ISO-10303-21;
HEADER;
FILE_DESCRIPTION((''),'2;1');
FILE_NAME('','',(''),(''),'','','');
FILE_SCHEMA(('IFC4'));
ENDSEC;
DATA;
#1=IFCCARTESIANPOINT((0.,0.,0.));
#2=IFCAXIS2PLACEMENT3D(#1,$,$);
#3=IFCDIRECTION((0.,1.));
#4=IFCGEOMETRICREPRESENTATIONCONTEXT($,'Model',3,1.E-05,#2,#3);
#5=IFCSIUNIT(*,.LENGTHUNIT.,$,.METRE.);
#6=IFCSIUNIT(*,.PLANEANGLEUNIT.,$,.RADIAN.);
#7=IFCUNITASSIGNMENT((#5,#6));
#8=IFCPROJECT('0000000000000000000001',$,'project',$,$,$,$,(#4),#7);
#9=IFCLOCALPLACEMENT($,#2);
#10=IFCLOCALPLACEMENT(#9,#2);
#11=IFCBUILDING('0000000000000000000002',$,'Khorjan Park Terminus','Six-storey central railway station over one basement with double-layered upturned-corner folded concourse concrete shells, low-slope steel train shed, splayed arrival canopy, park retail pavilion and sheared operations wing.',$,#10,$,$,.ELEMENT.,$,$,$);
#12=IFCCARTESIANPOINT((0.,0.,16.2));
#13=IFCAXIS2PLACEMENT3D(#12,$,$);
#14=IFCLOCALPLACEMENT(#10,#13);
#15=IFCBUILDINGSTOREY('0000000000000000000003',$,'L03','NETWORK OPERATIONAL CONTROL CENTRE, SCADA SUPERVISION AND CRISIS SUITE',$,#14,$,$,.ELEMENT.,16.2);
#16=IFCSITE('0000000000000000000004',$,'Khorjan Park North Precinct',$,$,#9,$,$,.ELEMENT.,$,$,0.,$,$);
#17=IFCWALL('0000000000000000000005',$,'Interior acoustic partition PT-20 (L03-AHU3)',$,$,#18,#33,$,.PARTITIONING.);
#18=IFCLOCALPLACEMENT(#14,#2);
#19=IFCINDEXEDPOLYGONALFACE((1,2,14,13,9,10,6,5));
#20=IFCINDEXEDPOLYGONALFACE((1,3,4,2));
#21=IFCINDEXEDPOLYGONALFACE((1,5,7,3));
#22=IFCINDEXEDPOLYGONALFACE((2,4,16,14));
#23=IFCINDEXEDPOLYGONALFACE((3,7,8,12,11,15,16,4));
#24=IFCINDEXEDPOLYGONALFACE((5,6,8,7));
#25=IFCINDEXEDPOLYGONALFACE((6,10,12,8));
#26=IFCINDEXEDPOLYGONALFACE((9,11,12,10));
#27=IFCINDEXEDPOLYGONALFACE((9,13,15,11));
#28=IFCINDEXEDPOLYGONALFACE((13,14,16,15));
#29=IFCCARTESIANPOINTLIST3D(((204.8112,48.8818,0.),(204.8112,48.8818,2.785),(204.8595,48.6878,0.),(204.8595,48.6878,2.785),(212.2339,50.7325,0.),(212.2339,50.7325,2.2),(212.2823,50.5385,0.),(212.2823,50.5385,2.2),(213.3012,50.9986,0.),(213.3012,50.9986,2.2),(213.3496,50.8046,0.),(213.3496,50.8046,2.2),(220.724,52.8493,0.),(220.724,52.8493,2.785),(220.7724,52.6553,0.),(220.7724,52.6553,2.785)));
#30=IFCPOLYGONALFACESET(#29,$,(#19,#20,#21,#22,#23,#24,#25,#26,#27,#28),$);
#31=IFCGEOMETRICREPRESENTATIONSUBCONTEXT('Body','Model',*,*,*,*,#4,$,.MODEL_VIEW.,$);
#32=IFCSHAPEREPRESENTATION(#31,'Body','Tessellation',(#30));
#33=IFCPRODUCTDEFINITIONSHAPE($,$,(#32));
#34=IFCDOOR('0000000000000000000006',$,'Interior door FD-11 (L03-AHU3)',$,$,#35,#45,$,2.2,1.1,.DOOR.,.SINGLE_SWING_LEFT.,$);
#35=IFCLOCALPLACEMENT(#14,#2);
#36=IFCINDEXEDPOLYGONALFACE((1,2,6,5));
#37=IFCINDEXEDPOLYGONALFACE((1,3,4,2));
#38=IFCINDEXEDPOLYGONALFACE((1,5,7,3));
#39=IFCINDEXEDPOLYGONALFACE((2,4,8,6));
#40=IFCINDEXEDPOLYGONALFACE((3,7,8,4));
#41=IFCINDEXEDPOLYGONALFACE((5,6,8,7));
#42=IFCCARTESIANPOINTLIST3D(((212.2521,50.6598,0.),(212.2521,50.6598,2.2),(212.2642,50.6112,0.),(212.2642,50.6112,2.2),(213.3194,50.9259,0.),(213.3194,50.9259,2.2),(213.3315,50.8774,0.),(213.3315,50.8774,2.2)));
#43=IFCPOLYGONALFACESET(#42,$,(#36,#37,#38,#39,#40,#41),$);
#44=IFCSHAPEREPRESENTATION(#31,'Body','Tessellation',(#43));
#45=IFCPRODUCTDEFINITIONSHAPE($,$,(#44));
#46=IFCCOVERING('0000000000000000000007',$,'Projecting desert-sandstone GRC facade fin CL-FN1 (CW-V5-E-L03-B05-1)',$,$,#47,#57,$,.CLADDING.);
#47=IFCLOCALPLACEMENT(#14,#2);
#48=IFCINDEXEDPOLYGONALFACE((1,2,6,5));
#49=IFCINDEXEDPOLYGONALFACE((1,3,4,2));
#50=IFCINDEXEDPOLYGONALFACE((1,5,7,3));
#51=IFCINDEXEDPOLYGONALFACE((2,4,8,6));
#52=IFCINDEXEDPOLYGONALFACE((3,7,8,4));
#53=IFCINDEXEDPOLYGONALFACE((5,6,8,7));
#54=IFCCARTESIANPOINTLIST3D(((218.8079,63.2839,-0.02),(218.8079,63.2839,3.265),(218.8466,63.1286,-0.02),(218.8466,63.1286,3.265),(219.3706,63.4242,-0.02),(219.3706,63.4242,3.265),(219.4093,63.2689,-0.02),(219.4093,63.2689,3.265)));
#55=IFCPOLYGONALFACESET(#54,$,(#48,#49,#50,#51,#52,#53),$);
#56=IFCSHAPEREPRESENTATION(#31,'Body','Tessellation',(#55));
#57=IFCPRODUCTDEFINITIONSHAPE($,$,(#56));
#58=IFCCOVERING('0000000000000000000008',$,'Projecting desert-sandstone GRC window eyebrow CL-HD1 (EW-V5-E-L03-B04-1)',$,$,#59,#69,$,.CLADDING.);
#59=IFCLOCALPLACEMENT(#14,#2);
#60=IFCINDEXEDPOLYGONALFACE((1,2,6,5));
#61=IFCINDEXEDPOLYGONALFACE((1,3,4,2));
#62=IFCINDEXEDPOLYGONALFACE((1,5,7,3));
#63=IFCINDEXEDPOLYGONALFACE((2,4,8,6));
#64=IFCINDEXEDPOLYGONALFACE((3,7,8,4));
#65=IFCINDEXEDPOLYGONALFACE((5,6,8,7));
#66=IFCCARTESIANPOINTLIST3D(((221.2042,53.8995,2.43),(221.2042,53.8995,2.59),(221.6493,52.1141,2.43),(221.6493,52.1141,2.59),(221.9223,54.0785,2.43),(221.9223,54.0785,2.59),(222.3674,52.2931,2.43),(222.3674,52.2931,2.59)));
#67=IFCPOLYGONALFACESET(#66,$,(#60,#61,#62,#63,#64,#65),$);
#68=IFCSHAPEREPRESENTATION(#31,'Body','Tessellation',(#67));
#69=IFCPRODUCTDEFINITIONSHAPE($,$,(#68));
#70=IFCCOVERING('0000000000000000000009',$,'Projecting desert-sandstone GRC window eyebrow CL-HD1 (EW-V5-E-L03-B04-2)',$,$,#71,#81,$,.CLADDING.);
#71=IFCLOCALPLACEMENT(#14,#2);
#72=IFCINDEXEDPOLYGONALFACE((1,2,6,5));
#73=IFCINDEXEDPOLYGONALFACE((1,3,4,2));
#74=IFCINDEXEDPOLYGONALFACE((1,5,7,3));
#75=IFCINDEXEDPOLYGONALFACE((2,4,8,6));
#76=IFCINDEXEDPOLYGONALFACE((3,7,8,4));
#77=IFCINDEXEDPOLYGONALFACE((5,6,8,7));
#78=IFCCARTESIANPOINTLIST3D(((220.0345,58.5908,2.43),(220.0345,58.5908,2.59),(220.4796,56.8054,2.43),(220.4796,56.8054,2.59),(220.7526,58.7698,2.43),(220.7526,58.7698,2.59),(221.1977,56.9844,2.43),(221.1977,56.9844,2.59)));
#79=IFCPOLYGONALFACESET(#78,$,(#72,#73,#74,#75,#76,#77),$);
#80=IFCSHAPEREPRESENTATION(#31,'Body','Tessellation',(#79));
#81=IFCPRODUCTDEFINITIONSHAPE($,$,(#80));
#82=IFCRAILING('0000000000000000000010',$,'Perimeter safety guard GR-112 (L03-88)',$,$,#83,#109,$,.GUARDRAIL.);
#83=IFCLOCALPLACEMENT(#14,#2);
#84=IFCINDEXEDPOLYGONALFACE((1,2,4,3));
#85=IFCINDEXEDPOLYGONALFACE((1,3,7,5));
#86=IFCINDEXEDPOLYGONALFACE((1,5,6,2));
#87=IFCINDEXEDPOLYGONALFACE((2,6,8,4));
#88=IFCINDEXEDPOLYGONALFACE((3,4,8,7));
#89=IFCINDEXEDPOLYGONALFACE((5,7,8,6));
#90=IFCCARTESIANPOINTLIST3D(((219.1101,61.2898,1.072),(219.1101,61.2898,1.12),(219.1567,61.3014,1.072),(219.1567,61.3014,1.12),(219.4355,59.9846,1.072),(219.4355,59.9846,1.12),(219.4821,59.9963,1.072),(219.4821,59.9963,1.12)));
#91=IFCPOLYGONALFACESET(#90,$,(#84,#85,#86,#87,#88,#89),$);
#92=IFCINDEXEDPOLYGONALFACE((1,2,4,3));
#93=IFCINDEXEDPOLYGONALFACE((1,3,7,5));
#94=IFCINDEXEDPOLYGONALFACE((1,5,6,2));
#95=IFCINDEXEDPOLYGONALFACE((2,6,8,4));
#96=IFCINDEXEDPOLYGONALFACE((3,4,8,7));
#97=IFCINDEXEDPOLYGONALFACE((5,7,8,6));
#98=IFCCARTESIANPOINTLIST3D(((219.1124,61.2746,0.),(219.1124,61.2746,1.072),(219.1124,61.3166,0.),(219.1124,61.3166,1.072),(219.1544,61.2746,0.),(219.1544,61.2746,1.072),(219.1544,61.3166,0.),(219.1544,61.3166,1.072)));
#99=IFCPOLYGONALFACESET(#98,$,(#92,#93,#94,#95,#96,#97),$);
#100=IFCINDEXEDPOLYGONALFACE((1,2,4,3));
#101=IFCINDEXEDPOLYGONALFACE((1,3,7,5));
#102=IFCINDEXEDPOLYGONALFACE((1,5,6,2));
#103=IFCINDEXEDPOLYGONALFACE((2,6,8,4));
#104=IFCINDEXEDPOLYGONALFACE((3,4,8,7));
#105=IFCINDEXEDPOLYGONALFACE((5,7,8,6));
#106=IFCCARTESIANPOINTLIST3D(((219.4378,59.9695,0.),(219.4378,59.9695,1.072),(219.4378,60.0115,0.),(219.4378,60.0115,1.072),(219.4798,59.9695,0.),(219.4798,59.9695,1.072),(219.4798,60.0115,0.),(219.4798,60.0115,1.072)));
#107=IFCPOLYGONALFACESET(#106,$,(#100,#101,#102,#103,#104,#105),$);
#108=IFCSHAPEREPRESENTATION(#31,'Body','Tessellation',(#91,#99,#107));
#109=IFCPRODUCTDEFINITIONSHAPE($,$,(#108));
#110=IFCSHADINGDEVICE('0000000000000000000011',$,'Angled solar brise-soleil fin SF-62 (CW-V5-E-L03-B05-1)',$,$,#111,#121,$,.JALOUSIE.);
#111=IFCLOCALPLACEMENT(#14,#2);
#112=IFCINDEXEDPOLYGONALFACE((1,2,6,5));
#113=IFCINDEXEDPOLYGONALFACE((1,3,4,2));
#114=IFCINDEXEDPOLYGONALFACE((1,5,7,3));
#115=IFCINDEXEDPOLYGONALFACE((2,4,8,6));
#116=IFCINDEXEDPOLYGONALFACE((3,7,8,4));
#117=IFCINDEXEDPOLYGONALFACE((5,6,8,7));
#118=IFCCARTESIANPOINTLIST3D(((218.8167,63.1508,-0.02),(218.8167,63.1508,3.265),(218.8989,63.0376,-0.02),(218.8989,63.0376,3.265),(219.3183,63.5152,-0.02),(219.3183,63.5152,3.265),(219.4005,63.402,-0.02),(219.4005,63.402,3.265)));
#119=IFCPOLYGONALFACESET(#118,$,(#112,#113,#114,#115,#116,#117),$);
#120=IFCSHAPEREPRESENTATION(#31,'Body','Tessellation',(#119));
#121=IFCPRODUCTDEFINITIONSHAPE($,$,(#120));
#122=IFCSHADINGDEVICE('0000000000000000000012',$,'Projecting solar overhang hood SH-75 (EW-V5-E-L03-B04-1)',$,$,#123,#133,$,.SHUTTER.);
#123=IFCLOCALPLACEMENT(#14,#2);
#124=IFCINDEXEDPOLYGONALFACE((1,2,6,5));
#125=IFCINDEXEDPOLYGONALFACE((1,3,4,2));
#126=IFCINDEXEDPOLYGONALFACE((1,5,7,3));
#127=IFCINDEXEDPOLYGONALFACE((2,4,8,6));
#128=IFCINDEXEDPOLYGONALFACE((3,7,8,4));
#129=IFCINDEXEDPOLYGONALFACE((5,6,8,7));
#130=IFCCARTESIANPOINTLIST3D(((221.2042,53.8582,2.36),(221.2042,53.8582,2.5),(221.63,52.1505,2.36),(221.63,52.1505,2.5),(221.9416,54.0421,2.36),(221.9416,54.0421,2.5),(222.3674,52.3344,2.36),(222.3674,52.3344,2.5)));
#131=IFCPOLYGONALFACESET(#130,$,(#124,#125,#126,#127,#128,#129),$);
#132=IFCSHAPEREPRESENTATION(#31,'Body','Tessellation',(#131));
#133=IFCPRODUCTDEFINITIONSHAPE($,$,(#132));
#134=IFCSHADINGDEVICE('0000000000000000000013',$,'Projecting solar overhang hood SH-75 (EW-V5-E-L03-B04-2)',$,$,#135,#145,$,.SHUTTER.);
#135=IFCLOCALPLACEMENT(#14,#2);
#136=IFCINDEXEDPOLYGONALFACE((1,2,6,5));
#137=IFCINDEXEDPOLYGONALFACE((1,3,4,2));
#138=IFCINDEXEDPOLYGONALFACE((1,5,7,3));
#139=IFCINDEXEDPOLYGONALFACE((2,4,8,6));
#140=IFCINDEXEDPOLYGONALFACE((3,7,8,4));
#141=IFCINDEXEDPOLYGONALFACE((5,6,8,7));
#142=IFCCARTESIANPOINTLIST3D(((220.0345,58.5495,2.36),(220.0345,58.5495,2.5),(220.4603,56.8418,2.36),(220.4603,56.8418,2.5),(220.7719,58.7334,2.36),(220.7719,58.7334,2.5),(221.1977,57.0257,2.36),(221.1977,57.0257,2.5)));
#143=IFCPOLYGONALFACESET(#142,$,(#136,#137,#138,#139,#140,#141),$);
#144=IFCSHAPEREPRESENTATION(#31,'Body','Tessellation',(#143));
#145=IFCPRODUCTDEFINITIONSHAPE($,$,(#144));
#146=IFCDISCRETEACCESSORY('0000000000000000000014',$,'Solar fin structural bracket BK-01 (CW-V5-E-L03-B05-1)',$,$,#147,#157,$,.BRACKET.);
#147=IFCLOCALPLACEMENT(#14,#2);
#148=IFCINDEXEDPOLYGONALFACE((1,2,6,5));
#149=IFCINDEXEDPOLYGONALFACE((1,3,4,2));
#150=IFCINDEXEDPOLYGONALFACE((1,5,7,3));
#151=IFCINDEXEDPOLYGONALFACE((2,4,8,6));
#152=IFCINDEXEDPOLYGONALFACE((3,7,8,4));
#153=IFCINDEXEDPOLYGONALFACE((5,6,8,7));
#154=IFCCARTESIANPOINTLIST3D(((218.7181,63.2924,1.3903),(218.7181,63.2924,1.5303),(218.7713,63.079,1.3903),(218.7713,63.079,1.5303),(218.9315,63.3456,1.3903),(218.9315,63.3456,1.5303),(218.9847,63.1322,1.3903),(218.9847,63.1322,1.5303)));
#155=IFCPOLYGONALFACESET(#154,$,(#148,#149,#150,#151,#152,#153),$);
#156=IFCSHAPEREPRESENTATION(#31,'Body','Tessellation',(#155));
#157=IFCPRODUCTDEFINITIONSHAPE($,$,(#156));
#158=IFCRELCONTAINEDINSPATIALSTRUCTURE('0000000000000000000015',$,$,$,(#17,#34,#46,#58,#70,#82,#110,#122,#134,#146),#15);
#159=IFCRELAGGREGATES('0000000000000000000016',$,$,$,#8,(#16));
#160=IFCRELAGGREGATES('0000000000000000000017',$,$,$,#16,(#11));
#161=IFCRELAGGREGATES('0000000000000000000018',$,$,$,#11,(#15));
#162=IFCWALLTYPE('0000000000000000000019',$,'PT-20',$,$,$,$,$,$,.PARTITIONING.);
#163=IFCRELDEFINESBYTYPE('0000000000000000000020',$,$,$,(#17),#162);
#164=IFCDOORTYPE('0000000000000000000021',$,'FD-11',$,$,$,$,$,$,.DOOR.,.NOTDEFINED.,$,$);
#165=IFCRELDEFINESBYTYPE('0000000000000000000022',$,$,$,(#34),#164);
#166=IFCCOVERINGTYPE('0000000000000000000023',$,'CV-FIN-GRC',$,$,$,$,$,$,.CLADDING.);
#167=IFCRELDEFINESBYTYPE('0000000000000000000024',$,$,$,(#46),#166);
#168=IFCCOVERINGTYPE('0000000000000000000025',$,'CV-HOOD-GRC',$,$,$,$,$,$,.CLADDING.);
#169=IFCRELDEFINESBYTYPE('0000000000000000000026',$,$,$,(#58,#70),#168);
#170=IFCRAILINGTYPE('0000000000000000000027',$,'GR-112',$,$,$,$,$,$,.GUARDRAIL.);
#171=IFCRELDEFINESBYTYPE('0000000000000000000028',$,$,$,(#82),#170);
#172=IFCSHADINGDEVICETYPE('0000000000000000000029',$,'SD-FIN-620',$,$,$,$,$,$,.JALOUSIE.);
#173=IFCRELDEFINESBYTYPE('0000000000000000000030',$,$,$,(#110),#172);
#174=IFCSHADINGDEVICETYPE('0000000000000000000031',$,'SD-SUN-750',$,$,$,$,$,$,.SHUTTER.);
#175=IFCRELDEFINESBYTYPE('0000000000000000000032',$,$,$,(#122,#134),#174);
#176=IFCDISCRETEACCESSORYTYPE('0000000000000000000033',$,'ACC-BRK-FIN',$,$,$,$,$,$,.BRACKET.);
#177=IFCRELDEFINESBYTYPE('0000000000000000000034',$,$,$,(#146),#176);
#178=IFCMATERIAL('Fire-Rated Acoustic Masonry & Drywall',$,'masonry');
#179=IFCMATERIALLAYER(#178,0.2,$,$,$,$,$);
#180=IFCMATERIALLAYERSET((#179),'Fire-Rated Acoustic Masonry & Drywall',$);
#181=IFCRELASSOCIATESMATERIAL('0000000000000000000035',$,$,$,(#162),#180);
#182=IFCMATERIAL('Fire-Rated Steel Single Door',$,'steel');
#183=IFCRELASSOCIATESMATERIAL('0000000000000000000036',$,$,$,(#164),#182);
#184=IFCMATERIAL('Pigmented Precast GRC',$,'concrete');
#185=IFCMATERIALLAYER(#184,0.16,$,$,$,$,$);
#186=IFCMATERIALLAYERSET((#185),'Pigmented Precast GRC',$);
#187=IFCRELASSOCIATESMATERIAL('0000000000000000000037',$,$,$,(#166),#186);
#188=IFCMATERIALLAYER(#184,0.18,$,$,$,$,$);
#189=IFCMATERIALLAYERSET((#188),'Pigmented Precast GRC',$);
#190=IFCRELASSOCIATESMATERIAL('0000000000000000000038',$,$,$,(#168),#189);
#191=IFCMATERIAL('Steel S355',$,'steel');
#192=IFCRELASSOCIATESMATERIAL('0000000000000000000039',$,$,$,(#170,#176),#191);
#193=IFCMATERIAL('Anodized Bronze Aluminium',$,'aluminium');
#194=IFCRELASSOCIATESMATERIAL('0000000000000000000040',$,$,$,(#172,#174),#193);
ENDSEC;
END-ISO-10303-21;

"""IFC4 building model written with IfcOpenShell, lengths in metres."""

from ifc_helpers import new_model, si_unit, direction, frame, frame_2d, origin, origin_2d, place, context, subcontext, project, spatial, rectangle, extrude, material, layer, layer_set, type_object, element, fill, save


model = new_model("IFC4")

# Units and contexts
model_context = context("Model", 3, precision=1e-05, world=origin(), true_north=direction((0.0, 1.0)))
body_context = subcontext(model_context, "Body", "Model", "MODEL_VIEW")
ifc_project = project(units=[si_unit("LENGTHUNIT", "METRE"), si_unit("PLANEANGLEUNIT", "RADIAN")], contexts=[model_context])

# Site, building, storey
site_placement = place(None, origin())
site = spatial("IfcSite", under=ifc_project, at=site_placement, Name="Khorjan Park North Precinct", CompositionType="ELEMENT", RefElevation=0.0)
building_placement = place(site_placement, origin())
building = spatial("IfcBuilding", under=site, at=building_placement, Name="Khorjan Park Terminus", Description="Six-storey central railway station over one basement with double-layered upturned-corner folded concourse concrete shells, low-slope steel train shed, splayed arrival canopy, park retail pavilion and sheared operations wing.", CompositionType="ELEMENT")
storey_placement = place(building_placement, frame((0.0, 0.0, 16.2)))
storey = spatial("IfcBuildingStorey", under=building, at=storey_placement, Name="L03", Description="NETWORK OPERATIONAL CONTROL CENTRE, SCADA SUPERVISION AND CRISIS SUITE", CompositionType="ELEMENT", Elevation=16.2)

# Shared definitions
ifc_material_1 = material(Name="Steel S355", Category="steel")

# Shared definitions
ifc_material_2 = material(Name="Anodized Bronze Aluminium", Category="aluminium")

# Wall, opening, door
ifc_material_3 = material(Name="Fire-Rated Acoustic Masonry & Drywall", Category="masonry")
ifc_layer_1 = layer(ifc_material_3, 0.2)
ifc_layer_set_1 = layer_set([ifc_layer_1], Name="Fire-Rated Acoustic Masonry & Drywall")
wall_type = type_object("IfcWallType", Name="PT-20", PredefinedType="PARTITIONING", material=ifc_layer_set_1)
wall_placement = place(storey_placement, frame((220.7482, 52.7523, 0.0), z_axis=(0.0, 0.0, 1.0), x_axis=(-0.970296, -0.24192, 0.0)))
wall = element("IfcWall", 1, at=wall_placement, inside=storey, type_object=wall_type, Name="Interior acoustic partition PT-20 (L03-AHU3)", PredefinedType="PARTITIONING", context=body_context, shape_type="SweptSolid", body=[
    extrude(rectangle(XDim=16.4, YDim=0.2, at=frame_2d((8.2, 0.0))), origin(), (0.0, 0.0, 1.0), 2.785),
])
opening_placement = place(wall_placement, frame((7.65, 0.0, 0.0)))
opening = element("IfcOpeningElement", 2, at=opening_placement, cuts=wall, PredefinedType="OPENING", context=body_context, shape_type="SweptSolid", body=[
    extrude(rectangle(XDim=1.1, YDim=2.2, at=frame_2d((0.55, 1.1))), frame((0.0, 0.11, 0.0), z_axis=(0.0, -1.0, 0.0), x_axis=(1.0, 0.0, 0.0)), (0.0, 0.0, 1.0), 0.22),
])
ifc_material_4 = material(Name="Fire-Rated Steel Single Door", Category="steel")
door_type = type_object("IfcDoorType", Name="FD-11", OperationType="NOTDEFINED", PredefinedType="DOOR", material=ifc_material_4)
door_placement = place(opening_placement, origin())
door = element("IfcDoor", 3, at=door_placement, inside=storey, type_object=door_type, Name="Interior door FD-11 (L03-AHU3)", OperationType="SINGLE_SWING_LEFT", OverallHeight=2.2, OverallWidth=1.1, PredefinedType="DOOR", context=body_context, shape_type="SweptSolid", body=[
    extrude(rectangle(XDim=1.1, YDim=2.2, at=frame_2d((0.55, 1.1))), frame((0.0, 0.025, 0.0), z_axis=(0.0, -1.0, 0.0), x_axis=(1.0, 0.0, 0.0)), (0.0, 0.0, 1.0), 0.05),
])
fill(opening, door)

# Coverings
ifc_material_5 = material(Name="Pigmented Precast GRC", Category="concrete")
ifc_layer_2 = layer(ifc_material_5, 0.16)
ifc_layer_set_2 = layer_set([ifc_layer_2], Name="Pigmented Precast GRC")
covering_type_1 = type_object("IfcCoveringType", Name="CV-FIN-GRC", PredefinedType="CLADDING", material=ifc_layer_set_2)
covering_placement = place(storey_placement, frame((219.1086, 63.2764, -0.02), z_axis=(0.0, 0.0, 1.0), x_axis=(-0.970296, -0.241922, 0.0)))
element("IfcCovering", 4, at=covering_placement, inside=storey, type_object=covering_type_1, Name="Projecting desert-sandstone GRC facade fin CL-FN1 (CW-V5-E-L03-B05-1)", PredefinedType="CLADDING", context=body_context, shape_type="SweptSolid", body=[
    extrude(rectangle(XDim=0.58, YDim=0.16, at=origin_2d()), origin(), (0.0, 0.0, 1.0), 3.285),
])
ifc_layer_3 = layer(ifc_material_5, 0.18)
ifc_layer_set_3 = layer_set([ifc_layer_3], Name="Pigmented Precast GRC")
covering_type_2 = type_object("IfcCoveringType", Name="CV-HOOD-GRC", PredefinedType="CLADDING", material=ifc_layer_set_3)
for number, where, z_axis, x_axis, name in (
    (5, (221.7858, 53.0963, 2.43), (0.0, 0.0, 1.0), (-0.24191, 0.970299, 0.0), "Projecting desert-sandstone GRC window eyebrow CL-HD1 (EW-V5-E-L03-B04-1)"),
    (6, (220.6161, 57.7876, 2.43), (0.0, 0.0, 1.0), (-0.24191, 0.970299, 0.0), "Projecting desert-sandstone GRC window eyebrow CL-HD1 (EW-V5-E-L03-B04-2)"),
):
    element("IfcCovering", number, at=place(storey_placement, frame(where, z_axis=z_axis, x_axis=x_axis)), inside=storey, type_object=covering_type_2, Name=name, PredefinedType="CLADDING", context=body_context, shape_type="SweptSolid", body=[
        extrude(rectangle(XDim=1.84, YDim=0.74, at=origin_2d()), origin(), (0.0, 0.0, 1.0), 0.16),
    ])

# Railing
railing_type = type_object("IfcRailingType", Name="GR-112", PredefinedType="GUARDRAIL", material=ifc_material_1)
railing_placement = place(storey_placement, frame((219.1334, 61.2956, 0.0)))
element("IfcRailing", 7, at=railing_placement, inside=storey, type_object=railing_type, Name="Perimeter safety guard GR-112 (L03-88)", PredefinedType="GUARDRAIL", context=body_context, shape_type="SweptSolid", body=[
    extrude(rectangle(XDim=0.048, YDim=0.048, at=origin_2d()), frame((0.0, 0.0, 1.096), z_axis=(0.241923, -0.970295, 0.0), x_axis=(0.970295, 0.241923, 0.0)), (0.0, 0.0, 1.0), 1.3451),
    extrude(rectangle(XDim=0.042, YDim=0.042, at=origin_2d()), origin(), (0.0, 0.0, 1.0), 1.072),
    extrude(rectangle(XDim=0.042, YDim=0.042, at=origin_2d()), frame((0.3254, -1.3051, 0.0)), (0.0, 0.0, 1.0), 1.072),
])

# Shading devices
shading_device_type_1 = type_object("IfcShadingDeviceType", Name="SD-FIN-620", PredefinedType="JALOUSIE", material=ifc_material_2)
shading_device_placement = place(storey_placement, frame((219.1086, 63.2764, -0.02), z_axis=(0.0, 0.0, 1.0), x_axis=(-0.809017, -0.587785, 0.0)))
element("IfcShadingDevice", 8, at=shading_device_placement, inside=storey, type_object=shading_device_type_1, Name="Angled solar brise-soleil fin SF-62 (CW-V5-E-L03-B05-1)", PredefinedType="JALOUSIE", context=body_context, shape_type="SweptSolid", body=[
    extrude(rectangle(XDim=0.62, YDim=0.14, at=origin_2d()), origin(), (0.0, 0.0, 1.0), 3.285),
])
shading_device_type_2 = type_object("IfcShadingDeviceType", Name="SD-SUN-750", PredefinedType="SHUTTER", material=ifc_material_2)
for number, where, z_axis, x_axis, name in (
    (9, (221.7858, 53.0963, 2.36), (0.0, 0.0, 1.0), (-0.24191, 0.970299, 0.0), "Projecting solar overhang hood SH-75 (EW-V5-E-L03-B04-1)"),
    (10, (220.6161, 57.7876, 2.36), (0.0, 0.0, 1.0), (-0.24191, 0.970299, 0.0), "Projecting solar overhang hood SH-75 (EW-V5-E-L03-B04-2)"),
):
    element("IfcShadingDevice", number, at=place(storey_placement, frame(where, z_axis=z_axis, x_axis=x_axis)), inside=storey, type_object=shading_device_type_2, Name=name, PredefinedType="SHUTTER", context=body_context, shape_type="SweptSolid", body=[
        extrude(rectangle(XDim=1.76, YDim=0.76, at=origin_2d()), origin(), (0.0, 0.0, 1.0), 0.14),
    ])

# Discrete accessory
discrete_accessory_type = type_object("IfcDiscreteAccessoryType", Name="ACC-BRK-FIN", PredefinedType="BRACKET", material=ifc_material_1)
discrete_accessory_placement = place(storey_placement, frame((218.8514, 63.2123, 1.3903), z_axis=(0.0, 0.0, 1.0), x_axis=(-0.241935, 0.970292, 0.0)))
element("IfcDiscreteAccessory", 11, at=discrete_accessory_placement, inside=storey, type_object=discrete_accessory_type, Name="Solar fin structural bracket BK-01 (CW-V5-E-L03-B05-1)", PredefinedType="BRACKET", context=body_context, shape_type="SweptSolid", body=[
    extrude(rectangle(XDim=0.22, YDim=0.22, at=origin_2d()), origin(), (0.0, 0.0, 1.0), 0.14),
])

save(model, "model.ifc")
